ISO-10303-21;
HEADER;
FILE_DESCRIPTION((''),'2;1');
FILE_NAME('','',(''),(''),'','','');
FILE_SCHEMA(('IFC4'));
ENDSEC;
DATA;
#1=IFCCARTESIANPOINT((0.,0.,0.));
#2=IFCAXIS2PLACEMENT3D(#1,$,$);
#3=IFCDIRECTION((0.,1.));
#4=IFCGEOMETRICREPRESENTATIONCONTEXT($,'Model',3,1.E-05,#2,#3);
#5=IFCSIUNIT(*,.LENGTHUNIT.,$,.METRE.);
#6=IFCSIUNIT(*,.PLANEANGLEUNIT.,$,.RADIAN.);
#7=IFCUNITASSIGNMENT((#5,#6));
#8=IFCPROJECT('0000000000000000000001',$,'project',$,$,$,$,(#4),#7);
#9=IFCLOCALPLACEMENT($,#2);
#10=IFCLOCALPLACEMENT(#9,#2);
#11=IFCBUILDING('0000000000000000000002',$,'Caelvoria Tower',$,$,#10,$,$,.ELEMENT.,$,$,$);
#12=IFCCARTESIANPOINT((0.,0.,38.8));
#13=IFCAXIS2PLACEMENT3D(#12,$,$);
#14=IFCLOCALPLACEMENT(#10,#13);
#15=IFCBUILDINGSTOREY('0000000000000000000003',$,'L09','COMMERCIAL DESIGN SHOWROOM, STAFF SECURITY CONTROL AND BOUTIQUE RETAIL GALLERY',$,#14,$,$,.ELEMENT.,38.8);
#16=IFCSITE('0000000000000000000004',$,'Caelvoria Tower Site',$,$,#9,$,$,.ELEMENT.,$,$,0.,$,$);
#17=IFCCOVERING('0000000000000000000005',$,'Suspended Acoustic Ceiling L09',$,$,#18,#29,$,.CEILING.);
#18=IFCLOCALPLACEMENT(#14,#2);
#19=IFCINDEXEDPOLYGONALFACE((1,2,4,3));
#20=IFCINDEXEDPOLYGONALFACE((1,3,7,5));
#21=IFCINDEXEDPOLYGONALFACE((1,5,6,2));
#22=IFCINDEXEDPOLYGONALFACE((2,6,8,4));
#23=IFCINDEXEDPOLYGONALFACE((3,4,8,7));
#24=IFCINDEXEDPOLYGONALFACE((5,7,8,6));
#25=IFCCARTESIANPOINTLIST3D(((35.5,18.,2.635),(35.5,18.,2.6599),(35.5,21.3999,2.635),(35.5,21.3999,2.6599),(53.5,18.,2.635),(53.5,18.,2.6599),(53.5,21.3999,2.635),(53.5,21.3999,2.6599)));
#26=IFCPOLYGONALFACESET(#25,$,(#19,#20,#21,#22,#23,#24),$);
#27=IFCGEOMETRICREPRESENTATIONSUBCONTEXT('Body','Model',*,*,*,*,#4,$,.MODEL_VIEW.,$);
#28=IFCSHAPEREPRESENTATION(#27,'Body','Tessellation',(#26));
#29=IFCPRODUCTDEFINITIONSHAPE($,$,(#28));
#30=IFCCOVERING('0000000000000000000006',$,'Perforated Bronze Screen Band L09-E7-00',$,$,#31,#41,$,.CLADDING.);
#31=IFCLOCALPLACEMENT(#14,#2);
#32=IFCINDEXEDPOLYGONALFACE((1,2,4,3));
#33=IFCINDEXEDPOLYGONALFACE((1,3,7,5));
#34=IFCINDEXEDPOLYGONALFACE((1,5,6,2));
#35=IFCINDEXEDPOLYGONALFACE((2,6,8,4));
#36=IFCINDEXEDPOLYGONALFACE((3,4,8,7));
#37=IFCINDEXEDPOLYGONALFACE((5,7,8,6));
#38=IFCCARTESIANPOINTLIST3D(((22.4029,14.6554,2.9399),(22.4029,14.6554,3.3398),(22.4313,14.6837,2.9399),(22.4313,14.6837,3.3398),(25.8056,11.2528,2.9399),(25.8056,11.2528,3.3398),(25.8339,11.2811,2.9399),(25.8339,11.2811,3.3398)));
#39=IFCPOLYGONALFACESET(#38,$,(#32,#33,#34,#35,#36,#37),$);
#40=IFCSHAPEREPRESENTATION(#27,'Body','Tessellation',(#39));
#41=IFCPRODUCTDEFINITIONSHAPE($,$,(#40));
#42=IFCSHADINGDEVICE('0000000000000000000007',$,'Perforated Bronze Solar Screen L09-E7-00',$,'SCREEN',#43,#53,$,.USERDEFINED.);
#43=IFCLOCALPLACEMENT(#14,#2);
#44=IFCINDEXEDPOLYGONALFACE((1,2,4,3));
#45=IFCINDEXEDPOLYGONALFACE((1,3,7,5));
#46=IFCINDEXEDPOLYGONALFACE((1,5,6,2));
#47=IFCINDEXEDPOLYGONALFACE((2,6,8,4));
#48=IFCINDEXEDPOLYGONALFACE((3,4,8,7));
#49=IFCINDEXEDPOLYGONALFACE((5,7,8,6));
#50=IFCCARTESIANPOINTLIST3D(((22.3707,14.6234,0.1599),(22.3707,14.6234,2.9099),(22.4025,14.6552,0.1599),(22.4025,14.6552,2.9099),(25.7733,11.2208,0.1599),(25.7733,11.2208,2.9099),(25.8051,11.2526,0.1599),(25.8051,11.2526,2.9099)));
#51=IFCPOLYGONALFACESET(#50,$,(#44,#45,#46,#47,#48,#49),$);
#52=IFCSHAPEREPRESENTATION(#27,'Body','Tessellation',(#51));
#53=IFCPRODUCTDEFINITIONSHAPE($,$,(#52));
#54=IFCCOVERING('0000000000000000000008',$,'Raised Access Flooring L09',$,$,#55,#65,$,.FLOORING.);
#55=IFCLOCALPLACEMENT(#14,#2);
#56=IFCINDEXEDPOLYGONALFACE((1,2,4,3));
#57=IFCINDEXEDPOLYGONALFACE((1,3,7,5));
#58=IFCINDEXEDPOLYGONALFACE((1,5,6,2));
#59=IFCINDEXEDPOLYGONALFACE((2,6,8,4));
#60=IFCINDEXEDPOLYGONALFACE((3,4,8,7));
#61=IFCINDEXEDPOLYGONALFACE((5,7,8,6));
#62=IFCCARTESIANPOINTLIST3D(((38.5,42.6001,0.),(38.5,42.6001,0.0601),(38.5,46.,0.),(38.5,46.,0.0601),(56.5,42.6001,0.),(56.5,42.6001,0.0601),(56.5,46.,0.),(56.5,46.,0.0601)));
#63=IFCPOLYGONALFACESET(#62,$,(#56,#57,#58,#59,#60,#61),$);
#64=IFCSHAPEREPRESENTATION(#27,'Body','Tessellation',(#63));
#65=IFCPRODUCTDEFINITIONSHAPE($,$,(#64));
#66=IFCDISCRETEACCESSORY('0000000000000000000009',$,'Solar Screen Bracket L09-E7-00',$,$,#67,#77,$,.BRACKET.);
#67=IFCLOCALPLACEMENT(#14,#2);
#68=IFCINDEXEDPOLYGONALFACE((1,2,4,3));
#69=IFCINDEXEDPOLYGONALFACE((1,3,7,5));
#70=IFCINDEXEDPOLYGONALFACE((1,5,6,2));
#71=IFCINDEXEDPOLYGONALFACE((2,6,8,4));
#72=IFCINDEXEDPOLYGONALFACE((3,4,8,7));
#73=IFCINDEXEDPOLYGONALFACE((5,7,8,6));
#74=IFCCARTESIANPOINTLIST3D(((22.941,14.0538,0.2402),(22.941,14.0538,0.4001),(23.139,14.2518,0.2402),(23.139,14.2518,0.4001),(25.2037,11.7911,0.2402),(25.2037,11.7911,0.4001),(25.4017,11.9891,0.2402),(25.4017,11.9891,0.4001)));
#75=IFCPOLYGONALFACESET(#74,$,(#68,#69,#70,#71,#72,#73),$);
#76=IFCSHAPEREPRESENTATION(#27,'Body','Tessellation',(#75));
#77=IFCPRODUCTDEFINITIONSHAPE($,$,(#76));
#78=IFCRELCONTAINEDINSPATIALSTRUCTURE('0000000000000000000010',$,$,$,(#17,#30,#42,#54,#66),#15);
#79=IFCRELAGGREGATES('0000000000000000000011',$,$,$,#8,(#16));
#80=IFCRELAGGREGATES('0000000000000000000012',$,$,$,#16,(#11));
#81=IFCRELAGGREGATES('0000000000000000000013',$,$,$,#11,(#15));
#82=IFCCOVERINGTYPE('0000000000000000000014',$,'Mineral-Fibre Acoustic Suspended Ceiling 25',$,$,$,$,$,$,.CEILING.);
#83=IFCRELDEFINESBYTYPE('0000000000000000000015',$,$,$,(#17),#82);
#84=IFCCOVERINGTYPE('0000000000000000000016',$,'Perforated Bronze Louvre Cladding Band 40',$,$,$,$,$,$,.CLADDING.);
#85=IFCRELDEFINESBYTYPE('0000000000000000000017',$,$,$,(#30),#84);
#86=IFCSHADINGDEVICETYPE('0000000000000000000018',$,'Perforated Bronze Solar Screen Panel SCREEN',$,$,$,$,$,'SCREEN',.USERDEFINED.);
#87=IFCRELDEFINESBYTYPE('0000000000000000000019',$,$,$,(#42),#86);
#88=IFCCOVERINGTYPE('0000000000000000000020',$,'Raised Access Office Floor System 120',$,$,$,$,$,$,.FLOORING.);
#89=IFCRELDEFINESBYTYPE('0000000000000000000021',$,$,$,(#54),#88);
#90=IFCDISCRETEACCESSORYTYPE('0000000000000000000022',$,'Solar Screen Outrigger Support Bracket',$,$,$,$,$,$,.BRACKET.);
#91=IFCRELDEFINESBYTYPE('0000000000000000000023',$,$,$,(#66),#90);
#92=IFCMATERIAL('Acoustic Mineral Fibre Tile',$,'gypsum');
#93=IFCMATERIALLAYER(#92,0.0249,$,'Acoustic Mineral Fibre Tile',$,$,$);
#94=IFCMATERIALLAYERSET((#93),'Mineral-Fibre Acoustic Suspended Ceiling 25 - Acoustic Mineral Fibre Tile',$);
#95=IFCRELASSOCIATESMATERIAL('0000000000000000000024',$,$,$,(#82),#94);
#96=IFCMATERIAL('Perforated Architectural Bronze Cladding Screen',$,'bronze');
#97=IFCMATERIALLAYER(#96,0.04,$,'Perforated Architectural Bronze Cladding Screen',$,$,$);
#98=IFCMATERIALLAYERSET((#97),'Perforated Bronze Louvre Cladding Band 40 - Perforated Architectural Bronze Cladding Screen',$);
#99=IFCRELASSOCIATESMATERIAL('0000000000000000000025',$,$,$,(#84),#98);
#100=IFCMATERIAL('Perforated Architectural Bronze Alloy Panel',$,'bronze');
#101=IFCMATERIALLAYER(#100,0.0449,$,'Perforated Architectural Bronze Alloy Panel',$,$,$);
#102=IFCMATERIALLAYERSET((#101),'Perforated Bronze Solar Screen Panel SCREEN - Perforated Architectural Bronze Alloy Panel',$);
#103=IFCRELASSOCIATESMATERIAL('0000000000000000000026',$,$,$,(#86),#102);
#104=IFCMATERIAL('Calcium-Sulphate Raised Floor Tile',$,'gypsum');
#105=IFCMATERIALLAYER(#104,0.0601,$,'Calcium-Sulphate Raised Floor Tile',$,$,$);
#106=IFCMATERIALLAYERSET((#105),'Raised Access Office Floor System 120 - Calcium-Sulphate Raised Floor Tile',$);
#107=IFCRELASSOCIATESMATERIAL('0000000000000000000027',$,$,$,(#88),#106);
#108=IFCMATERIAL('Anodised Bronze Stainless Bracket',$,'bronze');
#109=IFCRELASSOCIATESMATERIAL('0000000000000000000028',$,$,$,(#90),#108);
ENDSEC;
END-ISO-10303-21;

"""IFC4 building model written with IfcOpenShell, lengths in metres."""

from ifc_helpers import new_model, si_unit, direction, frame, origin, origin_2d, place, context, subcontext, project, spatial, polyline, rectangle, outline, extrude, material, layer, layer_set, type_object, element, save


model = new_model("IFC4")

# Units and contexts
model_context = context("Model", 3, precision=1e-05, world=origin(), true_north=direction((0.0, 1.0)))
body_context = subcontext(model_context, "Body", "Model", "MODEL_VIEW")
ifc_project = project(units=[si_unit("LENGTHUNIT", "METRE"), si_unit("PLANEANGLEUNIT", "RADIAN")], contexts=[model_context])

# Site, building, storey
site_placement = place(None, origin())
site = spatial("IfcSite", under=ifc_project, at=site_placement, Name="Caelvoria Tower Site", CompositionType="ELEMENT", RefElevation=0.0)
building_placement = place(site_placement, origin())
building = spatial("IfcBuilding", under=site, at=building_placement, Name="Caelvoria Tower", CompositionType="ELEMENT")
storey_placement = place(building_placement, frame((0.0, 0.0, 38.8)))
storey = spatial("IfcBuildingStorey", under=building, at=storey_placement, Name="L09", Description="COMMERCIAL DESIGN SHOWROOM, STAFF SECURITY CONTROL AND BOUTIQUE RETAIL GALLERY", CompositionType="ELEMENT", Elevation=38.8)

# Coverings
ifc_material_1 = material(Name="Acoustic Mineral Fibre Tile", Category="gypsum")
ifc_layer_1 = layer(ifc_material_1, 0.0249, Name="Acoustic Mineral Fibre Tile")
ifc_layer_set_1 = layer_set([ifc_layer_1], Name="Mineral-Fibre Acoustic Suspended Ceiling 25 - Acoustic Mineral Fibre Tile")
covering_type_1 = type_object("IfcCoveringType", Name="Mineral-Fibre Acoustic Suspended Ceiling 25", PredefinedType="CEILING", material=ifc_layer_set_1)
covering_1_placement = place(storey_placement, frame((0.0, 0.0, 2.635)))
element("IfcCovering", 1, at=covering_1_placement, inside=storey, type_object=covering_type_1, Name="Suspended Acoustic Ceiling L09", PredefinedType="CEILING", context=body_context, shape_type="SweptSolid", body=[
    extrude(outline(polyline([(35.5, 18.0), (53.5, 18.0), (53.5, 21.3999), (35.5, 21.3999), (35.5, 18.0)])), origin(), (0.0, 0.0, 1.0), 0.0249),
])
ifc_material_2 = material(Name="Perforated Architectural Bronze Cladding Screen", Category="bronze")
ifc_layer_2 = layer(ifc_material_2, 0.04, Name="Perforated Architectural Bronze Cladding Screen")
ifc_layer_set_2 = layer_set([ifc_layer_2], Name="Perforated Bronze Louvre Cladding Band 40 - Perforated Architectural Bronze Cladding Screen")
covering_type_2 = type_object("IfcCoveringType", Name="Perforated Bronze Louvre Cladding Band 40", PredefinedType="CLADDING", material=ifc_layer_set_2)
covering_2_placement = place(storey_placement, frame((24.1184, 12.9683, 2.9399), z_axis=(0.0, 0.0, 1.0), x_axis=(0.707107, -0.707107, 0.0)))
element("IfcCovering", 2, at=covering_2_placement, inside=storey, type_object=covering_type_2, Name="Perforated Bronze Screen Band L09-E7-00", PredefinedType="CLADDING", context=body_context, shape_type="SweptSolid", body=[
    extrude(rectangle(XDim=4.812, YDim=0.04, at=origin_2d()), origin(), (0.0, 0.0, 1.0), 0.3999),
])

# Shading device
ifc_material_3 = material(Name="Perforated Architectural Bronze Alloy Panel", Category="bronze")
ifc_layer_3 = layer(ifc_material_3, 0.0449, Name="Perforated Architectural Bronze Alloy Panel")
ifc_layer_set_3 = layer_set([ifc_layer_3], Name="Perforated Bronze Solar Screen Panel SCREEN - Perforated Architectural Bronze Alloy Panel")
shading_device_type = type_object("IfcShadingDeviceType", Name="Perforated Bronze Solar Screen Panel SCREEN", ElementType="SCREEN", PredefinedType="USERDEFINED", material=ifc_layer_set_3)
shading_device_placement = place(storey_placement, frame((24.0879, 12.938, 0.1599), z_axis=(0.0, 0.0, 1.0), x_axis=(0.707107, -0.707107, 0.0)))
element("IfcShadingDevice", 3, at=shading_device_placement, inside=storey, type_object=shading_device_type, Name="Perforated Bronze Solar Screen L09-E7-00", ObjectType="SCREEN", PredefinedType="USERDEFINED", context=body_context, shape_type="SweptSolid", body=[
    extrude(rectangle(XDim=4.812, YDim=0.0449, at=origin_2d()), origin(), (0.0, 0.0, 1.0), 2.75),
])

# Covering
ifc_material_4 = material(Name="Calcium-Sulphate Raised Floor Tile", Category="gypsum")
ifc_layer_4 = layer(ifc_material_4, 0.0601, Name="Calcium-Sulphate Raised Floor Tile")
ifc_layer_set_4 = layer_set([ifc_layer_4], Name="Raised Access Office Floor System 120 - Calcium-Sulphate Raised Floor Tile")
covering_type_3 = type_object("IfcCoveringType", Name="Raised Access Office Floor System 120", PredefinedType="FLOORING", material=ifc_layer_set_4)
covering_3_placement = place(storey_placement, origin())
element("IfcCovering", 4, at=covering_3_placement, inside=storey, type_object=covering_type_3, Name="Raised Access Flooring L09", PredefinedType="FLOORING", context=body_context, shape_type="SweptSolid", body=[
    extrude(outline(polyline([(38.5, 42.6001), (56.5, 42.6001), (56.5, 46.0), (38.5, 46.0), (38.5, 42.6001)])), origin(), (0.0, 0.0, 1.0), 0.0601),
])

# Discrete accessory
ifc_material_5 = material(Name="Anodised Bronze Stainless Bracket", Category="bronze")
discrete_accessory_type = type_object("IfcDiscreteAccessoryType", Name="Solar Screen Outrigger Support Bracket", PredefinedType="BRACKET", material=ifc_material_5)
discrete_accessory_placement = place(storey_placement, frame((24.1714, 13.0215, 0.2402), z_axis=(0.0, 0.0, 1.0), x_axis=(0.707107, -0.707107, 0.0)))
element("IfcDiscreteAccessory", 5, at=discrete_accessory_placement, inside=storey, type_object=discrete_accessory_type, Name="Solar Screen Bracket L09-E7-00", PredefinedType="BRACKET", context=body_context, shape_type="SweptSolid", body=[
    extrude(rectangle(XDim=3.2, YDim=0.28, at=origin_2d()), origin(), (0.0, 0.0, 1.0), 0.1599),
])

save(model, "model.ifc")
